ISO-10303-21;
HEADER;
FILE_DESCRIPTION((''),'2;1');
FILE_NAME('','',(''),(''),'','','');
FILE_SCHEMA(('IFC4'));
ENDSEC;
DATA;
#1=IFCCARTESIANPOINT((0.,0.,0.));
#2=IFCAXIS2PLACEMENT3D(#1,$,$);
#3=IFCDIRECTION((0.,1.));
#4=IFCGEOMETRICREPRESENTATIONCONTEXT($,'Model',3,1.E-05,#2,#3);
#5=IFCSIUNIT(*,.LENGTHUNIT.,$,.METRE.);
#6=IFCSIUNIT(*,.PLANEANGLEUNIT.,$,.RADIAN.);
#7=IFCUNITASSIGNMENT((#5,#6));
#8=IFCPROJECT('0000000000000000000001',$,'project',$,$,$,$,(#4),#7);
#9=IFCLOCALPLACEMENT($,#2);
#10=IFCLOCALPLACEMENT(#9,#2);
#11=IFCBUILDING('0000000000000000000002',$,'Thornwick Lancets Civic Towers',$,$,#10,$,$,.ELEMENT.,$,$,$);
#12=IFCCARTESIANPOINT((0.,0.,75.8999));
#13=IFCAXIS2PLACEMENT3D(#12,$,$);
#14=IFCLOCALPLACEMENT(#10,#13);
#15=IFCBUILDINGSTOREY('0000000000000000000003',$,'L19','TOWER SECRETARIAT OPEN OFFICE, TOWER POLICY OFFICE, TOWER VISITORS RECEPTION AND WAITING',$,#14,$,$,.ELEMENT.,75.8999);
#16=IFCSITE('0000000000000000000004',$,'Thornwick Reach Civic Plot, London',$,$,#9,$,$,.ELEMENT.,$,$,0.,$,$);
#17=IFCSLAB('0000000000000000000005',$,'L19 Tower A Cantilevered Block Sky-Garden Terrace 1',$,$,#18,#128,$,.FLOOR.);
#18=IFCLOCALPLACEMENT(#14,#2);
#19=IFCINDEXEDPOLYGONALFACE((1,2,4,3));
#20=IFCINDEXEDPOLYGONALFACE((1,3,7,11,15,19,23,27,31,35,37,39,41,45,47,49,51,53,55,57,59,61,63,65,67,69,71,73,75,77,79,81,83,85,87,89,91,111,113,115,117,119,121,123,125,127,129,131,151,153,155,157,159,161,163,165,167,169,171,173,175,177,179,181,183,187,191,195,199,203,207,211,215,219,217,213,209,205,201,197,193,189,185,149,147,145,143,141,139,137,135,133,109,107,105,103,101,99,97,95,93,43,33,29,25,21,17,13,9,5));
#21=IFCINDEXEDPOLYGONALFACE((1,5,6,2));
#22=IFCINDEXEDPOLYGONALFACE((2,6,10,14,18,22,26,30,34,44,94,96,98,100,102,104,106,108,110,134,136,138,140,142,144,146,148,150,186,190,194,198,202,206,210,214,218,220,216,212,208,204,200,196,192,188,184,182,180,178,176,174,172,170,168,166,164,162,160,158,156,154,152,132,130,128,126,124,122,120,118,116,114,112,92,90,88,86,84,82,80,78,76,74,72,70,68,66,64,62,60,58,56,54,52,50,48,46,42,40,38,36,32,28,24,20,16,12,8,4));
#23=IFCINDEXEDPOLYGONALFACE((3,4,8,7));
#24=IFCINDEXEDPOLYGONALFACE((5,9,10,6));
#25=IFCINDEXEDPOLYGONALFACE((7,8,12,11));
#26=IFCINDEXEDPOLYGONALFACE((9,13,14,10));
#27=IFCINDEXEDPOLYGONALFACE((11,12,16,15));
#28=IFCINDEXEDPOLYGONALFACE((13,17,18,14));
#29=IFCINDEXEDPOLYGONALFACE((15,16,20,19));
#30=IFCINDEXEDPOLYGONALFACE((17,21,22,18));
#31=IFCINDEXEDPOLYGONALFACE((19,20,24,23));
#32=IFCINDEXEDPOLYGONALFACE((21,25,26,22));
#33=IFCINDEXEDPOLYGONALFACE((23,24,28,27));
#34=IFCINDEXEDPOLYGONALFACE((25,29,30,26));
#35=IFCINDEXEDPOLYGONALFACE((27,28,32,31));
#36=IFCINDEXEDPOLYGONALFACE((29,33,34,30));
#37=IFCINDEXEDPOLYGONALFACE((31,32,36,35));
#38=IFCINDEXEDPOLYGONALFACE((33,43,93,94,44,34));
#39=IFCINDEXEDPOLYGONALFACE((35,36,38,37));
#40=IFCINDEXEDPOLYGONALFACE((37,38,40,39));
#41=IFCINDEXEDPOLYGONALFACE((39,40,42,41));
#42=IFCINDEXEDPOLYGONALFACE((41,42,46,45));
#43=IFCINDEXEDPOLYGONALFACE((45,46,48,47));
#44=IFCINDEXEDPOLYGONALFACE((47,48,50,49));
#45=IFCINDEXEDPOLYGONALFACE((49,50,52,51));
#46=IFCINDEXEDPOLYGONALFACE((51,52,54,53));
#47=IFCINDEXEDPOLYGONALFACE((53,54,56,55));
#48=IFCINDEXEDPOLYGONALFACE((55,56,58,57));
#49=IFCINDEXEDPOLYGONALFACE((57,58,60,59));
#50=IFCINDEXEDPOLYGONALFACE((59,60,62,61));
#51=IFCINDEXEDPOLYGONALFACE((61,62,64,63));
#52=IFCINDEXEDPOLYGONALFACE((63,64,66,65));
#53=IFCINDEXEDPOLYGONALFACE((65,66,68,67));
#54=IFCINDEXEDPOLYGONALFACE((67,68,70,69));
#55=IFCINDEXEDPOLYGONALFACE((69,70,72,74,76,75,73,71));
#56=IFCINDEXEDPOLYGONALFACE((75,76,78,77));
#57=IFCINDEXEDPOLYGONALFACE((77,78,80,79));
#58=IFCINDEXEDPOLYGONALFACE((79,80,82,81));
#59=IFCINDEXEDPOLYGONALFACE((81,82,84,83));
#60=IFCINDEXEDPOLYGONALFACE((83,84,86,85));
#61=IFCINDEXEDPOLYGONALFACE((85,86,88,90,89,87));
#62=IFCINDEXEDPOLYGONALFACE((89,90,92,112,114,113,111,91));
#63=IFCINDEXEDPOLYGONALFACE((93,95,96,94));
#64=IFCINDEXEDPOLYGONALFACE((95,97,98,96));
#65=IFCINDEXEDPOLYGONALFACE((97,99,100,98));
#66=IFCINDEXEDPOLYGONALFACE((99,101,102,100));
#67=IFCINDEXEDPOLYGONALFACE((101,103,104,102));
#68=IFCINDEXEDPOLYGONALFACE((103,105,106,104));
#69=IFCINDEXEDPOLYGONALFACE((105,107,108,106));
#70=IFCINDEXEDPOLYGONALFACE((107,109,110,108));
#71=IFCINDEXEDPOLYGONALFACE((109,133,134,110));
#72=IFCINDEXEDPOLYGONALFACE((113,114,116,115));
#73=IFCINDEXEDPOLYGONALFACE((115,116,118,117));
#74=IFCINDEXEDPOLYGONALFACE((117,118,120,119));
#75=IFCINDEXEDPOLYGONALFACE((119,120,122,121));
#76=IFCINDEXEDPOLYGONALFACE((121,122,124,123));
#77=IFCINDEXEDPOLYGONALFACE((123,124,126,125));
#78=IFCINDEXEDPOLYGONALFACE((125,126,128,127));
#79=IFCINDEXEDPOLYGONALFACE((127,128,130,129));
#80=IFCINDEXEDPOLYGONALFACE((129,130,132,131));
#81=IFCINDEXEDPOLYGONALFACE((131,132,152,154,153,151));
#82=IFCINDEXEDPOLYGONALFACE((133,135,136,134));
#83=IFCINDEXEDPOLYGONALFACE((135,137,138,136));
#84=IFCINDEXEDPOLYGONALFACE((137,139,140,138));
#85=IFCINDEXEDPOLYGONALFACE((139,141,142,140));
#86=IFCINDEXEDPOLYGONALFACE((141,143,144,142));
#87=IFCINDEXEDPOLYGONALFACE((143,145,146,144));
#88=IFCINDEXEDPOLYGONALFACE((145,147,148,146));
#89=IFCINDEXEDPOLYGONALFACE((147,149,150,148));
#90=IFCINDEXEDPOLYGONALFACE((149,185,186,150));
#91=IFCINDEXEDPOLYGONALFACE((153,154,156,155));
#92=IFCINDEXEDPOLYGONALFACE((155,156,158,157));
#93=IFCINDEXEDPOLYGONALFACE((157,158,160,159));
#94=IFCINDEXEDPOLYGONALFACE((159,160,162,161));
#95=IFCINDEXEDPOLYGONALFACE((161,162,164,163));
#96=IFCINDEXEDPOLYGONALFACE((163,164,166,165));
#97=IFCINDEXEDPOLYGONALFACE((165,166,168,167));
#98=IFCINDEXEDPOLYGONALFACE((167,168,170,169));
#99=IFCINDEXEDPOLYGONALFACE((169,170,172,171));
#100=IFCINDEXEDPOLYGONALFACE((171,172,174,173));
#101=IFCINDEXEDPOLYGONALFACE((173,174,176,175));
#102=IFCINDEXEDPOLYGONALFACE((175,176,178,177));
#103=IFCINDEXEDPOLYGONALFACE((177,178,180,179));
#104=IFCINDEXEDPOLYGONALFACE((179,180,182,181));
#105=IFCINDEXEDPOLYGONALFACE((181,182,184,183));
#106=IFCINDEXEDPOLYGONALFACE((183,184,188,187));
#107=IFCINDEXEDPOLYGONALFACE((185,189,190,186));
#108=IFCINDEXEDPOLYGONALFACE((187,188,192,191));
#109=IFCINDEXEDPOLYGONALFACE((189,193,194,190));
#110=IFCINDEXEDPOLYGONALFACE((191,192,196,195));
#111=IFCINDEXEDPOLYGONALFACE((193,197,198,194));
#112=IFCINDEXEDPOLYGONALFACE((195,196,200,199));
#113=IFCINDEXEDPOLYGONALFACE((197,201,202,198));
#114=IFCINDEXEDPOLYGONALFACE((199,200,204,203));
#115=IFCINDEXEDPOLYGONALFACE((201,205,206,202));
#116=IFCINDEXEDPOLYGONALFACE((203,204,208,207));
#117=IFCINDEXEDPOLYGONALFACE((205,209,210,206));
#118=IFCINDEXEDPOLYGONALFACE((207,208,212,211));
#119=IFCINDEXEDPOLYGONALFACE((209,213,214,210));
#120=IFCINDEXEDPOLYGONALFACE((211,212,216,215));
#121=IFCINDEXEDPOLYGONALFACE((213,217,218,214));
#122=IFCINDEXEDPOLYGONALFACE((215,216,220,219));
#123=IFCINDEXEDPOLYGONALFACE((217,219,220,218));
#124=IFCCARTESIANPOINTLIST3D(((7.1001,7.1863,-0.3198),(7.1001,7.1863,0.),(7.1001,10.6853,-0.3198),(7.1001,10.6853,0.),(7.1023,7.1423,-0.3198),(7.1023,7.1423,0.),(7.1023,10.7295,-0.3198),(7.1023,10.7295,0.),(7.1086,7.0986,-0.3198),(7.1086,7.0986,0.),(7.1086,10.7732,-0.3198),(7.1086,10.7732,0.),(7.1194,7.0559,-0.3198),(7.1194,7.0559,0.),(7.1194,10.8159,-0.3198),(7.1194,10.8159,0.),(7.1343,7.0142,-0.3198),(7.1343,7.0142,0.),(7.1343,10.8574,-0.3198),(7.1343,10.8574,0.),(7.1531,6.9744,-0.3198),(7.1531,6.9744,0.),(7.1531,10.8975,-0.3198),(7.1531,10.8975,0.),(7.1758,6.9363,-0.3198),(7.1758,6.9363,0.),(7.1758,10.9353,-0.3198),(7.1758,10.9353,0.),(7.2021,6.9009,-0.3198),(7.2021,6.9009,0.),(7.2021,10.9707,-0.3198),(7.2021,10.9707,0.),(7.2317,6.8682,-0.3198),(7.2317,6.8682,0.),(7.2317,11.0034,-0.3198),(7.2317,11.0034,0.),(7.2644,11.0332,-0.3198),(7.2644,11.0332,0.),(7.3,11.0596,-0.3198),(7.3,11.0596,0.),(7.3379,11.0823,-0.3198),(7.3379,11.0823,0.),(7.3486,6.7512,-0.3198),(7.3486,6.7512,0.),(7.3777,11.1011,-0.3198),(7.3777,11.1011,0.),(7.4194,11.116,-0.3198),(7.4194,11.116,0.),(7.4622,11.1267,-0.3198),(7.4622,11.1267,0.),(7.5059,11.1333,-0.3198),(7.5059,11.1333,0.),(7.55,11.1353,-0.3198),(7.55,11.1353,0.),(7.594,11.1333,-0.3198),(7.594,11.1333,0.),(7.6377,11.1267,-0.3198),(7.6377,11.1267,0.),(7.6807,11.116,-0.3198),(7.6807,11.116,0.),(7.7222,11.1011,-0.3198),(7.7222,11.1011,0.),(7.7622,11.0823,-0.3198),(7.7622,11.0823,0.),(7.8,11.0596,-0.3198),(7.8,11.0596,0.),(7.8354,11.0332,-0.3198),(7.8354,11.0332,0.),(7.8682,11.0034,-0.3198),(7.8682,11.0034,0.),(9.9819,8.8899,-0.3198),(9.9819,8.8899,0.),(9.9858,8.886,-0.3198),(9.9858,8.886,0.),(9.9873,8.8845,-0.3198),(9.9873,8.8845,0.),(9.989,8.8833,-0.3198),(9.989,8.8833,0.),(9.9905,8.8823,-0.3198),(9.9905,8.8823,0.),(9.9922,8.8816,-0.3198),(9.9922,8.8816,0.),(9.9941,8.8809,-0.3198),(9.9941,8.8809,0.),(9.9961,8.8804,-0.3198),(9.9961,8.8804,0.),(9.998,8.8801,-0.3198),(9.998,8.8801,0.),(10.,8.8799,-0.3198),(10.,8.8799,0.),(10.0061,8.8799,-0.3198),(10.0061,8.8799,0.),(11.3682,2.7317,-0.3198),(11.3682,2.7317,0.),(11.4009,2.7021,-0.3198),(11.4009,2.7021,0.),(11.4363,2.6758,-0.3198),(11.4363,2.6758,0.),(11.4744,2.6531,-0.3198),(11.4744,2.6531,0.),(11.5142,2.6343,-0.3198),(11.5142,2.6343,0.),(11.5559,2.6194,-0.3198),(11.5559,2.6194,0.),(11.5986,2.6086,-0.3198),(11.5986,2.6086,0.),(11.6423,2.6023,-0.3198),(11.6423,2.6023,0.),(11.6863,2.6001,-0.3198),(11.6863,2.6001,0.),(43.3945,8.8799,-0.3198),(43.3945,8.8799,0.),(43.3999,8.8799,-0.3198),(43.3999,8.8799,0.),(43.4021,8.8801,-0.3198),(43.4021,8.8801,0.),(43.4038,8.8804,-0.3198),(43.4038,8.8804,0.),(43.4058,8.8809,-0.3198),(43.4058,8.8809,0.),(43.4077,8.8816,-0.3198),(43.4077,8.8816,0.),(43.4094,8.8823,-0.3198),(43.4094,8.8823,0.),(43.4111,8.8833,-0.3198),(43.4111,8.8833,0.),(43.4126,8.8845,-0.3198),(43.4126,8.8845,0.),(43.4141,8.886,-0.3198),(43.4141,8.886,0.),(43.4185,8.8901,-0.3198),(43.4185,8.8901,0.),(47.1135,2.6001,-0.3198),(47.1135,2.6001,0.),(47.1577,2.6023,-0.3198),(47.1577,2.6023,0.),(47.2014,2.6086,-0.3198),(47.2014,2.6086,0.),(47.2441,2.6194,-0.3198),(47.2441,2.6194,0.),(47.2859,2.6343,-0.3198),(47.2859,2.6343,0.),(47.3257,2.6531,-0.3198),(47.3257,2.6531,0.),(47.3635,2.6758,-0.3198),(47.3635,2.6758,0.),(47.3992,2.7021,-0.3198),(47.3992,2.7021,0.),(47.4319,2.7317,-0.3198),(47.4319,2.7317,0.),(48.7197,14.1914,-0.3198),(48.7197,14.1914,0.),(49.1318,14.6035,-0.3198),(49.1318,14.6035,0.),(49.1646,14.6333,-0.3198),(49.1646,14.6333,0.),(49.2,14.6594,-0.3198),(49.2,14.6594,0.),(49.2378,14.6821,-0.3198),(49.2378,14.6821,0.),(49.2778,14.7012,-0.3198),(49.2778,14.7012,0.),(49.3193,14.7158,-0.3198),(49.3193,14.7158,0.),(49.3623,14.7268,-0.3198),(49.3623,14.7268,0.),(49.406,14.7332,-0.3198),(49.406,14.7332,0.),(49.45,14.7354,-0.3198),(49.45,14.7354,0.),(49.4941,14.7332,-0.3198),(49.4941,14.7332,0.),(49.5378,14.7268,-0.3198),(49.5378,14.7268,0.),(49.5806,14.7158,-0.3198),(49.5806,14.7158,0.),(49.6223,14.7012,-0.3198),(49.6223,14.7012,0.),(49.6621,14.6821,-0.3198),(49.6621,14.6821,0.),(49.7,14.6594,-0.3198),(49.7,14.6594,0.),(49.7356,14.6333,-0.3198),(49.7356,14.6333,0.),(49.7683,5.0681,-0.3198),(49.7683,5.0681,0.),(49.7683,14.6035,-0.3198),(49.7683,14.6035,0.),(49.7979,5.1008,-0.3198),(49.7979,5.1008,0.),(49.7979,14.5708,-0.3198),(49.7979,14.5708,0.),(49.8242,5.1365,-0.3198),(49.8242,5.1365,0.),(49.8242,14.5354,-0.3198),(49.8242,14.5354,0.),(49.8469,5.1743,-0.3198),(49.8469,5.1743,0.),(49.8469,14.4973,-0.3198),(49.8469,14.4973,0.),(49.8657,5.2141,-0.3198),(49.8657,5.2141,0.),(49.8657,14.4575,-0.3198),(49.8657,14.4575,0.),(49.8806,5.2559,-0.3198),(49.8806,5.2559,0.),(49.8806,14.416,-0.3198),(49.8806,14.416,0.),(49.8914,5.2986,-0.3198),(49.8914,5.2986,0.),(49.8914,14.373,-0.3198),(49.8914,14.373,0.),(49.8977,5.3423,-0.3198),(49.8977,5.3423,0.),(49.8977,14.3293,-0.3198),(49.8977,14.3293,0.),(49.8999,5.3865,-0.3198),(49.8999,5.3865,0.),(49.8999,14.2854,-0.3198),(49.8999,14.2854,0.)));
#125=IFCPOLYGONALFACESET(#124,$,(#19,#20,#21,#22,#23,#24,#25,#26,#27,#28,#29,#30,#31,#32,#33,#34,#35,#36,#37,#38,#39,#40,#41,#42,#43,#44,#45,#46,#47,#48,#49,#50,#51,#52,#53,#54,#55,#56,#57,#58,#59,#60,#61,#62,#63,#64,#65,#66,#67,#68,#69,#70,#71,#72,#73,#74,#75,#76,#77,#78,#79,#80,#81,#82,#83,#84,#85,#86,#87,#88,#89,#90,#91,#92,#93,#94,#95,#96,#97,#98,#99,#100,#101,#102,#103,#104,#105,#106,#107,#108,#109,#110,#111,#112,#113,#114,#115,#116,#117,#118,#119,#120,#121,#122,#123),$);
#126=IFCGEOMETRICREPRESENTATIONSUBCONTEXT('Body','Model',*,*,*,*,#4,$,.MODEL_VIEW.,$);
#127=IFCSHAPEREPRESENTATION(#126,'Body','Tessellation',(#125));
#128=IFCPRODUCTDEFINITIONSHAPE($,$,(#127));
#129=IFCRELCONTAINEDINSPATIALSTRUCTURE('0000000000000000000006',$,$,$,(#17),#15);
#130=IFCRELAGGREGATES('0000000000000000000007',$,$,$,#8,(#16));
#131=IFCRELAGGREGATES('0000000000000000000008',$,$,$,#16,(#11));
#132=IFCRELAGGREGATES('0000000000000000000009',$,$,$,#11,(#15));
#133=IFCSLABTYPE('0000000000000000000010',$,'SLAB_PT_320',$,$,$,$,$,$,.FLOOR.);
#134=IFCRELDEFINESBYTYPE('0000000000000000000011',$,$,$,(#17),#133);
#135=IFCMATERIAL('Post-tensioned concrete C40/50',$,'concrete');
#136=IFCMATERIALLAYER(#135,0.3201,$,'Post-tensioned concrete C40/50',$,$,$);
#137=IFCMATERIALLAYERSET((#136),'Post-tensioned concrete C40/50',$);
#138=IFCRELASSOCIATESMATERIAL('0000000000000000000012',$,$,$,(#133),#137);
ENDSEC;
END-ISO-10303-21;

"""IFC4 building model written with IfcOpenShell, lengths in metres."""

from ifc_helpers import new_model, si_unit, direction, frame, origin, place, context, subcontext, project, spatial, polyline, outline, extrude, material, layer, layer_set, type_object, element, save


model = new_model("IFC4")

# Units and contexts
model_context = context("Model", 3, precision=1e-05, world=origin(), true_north=direction((0.0, 1.0)))
body_context = subcontext(model_context, "Body", "Model", "MODEL_VIEW")
ifc_project = project(units=[si_unit("LENGTHUNIT", "METRE"), si_unit("PLANEANGLEUNIT", "RADIAN")], contexts=[model_context])

# Site, building, storey
site_placement = place(None, origin())
site = spatial("IfcSite", under=ifc_project, at=site_placement, Name="Thornwick Reach Civic Plot, London", CompositionType="ELEMENT", RefElevation=0.0)
building_placement = place(site_placement, origin())
building = spatial("IfcBuilding", under=site, at=building_placement, Name="Thornwick Lancets Civic Towers", CompositionType="ELEMENT")
storey_placement = place(building_placement, frame((0.0, 0.0, 75.8999)))
storey = spatial("IfcBuildingStorey", under=building, at=storey_placement, Name="L19", Description="TOWER SECRETARIAT OPEN OFFICE, TOWER POLICY OFFICE, TOWER VISITORS RECEPTION AND WAITING", CompositionType="ELEMENT", Elevation=75.8999)

# Slab
ifc_material_1 = material(Name="Post-tensioned concrete C40/50", Category="concrete")
ifc_layer_1 = layer(ifc_material_1, 0.3201, Name="Post-tensioned concrete C40/50")
ifc_layer_set_1 = layer_set([ifc_layer_1], Name="Post-tensioned concrete C40/50")
slab_type_1 = type_object("IfcSlabType", Name="SLAB_PT_320", PredefinedType="FLOOR", material=ifc_layer_set_1)
slab_1_placement = place(storey_placement, frame((0.0, 0.0, -0.3198)))
element("IfcSlab", 1, at=slab_1_placement, inside=storey, type_object=slab_type_1, Name="L19 Tower A Cantilevered Block Sky-Garden Terrace 1", PredefinedType="FLOOR", context=body_context, shape_type="SweptSolid", body=[
    extrude(outline(polyline([(7.1023, 10.7295), (7.1086, 10.7732), (7.1194, 10.8159), (7.1343, 10.8574), (7.1531, 10.8975), (7.1758, 10.9353), (7.2021, 10.9707), (7.2317, 11.0034), (7.2644, 11.0332), (7.3, 11.0596), (7.3379, 11.0823), (7.3777, 11.1011), (7.4194, 11.116), (7.4622, 11.1267), (7.5059, 11.1333), (7.55, 11.1353), (7.594, 11.1333), (7.6377, 11.1267), (7.6807, 11.116), (7.7222, 11.1011), (7.7622, 11.0823), (7.8, 11.0596), (7.8354, 11.0332), (7.8682, 11.0034), (9.9819, 8.8899), (9.9858, 8.886), (9.9873, 8.8845), (9.989, 8.8833), (9.9905, 8.8823), (9.9922, 8.8816), (9.9941, 8.8809), (9.9961, 8.8804), (9.998, 8.8801), (10.0, 8.8799), (10.0061, 8.8799), (43.3945, 8.8799), (43.3999, 8.8799), (43.4021, 8.8801), (43.4038, 8.8804), (43.4058, 8.8809), (43.4077, 8.8816), (43.4094, 8.8823), (43.4111, 8.8833), (43.4126, 8.8845), (43.4141, 8.886), (43.4185, 8.8901), (48.7197, 14.1914), (49.1318, 14.6035), (49.1646, 14.6333), (49.2, 14.6594), (49.2378, 14.6821), (49.2778, 14.7012), (49.3193, 14.7158), (49.3623, 14.7268), (49.406, 14.7332), (49.45, 14.7354), (49.4941, 14.7332), (49.5378, 14.7268), (49.5806, 14.7158), (49.6223, 14.7012), (49.6621, 14.6821), (49.7, 14.6594), (49.7356, 14.6333), (49.7683, 14.6035), (49.7979, 14.5708), (49.8242, 14.5354), (49.8469, 14.4973), (49.8657, 14.4575), (49.8806, 14.416), (49.8914, 14.373), (49.8977, 14.3293), (49.8999, 14.2854), (49.8999, 5.3865), (49.8977, 5.3423), (49.8914, 5.2986), (49.8806, 5.2559), (49.8657, 5.2141), (49.8469, 5.1743), (49.8242, 5.1365), (49.7979, 5.1008), (49.7683, 5.0681), (47.4319, 2.7317), (47.3992, 2.7021), (47.3635, 2.6758), (47.3257, 2.6531), (47.2859, 2.6343), (47.2441, 2.6194), (47.2014, 2.6086), (47.1577, 2.6023), (47.1135, 2.6001), (11.6863, 2.6001), (11.6423, 2.6023), (11.5986, 2.6086), (11.5559, 2.6194), (11.5142, 2.6343), (11.4744, 2.6531), (11.4363, 2.6758), (11.4009, 2.7021), (11.3682, 2.7317), (7.3486, 6.7512), (7.2317, 6.8682), (7.2021, 6.9009), (7.1758, 6.9363), (7.1531, 6.9744), (7.1343, 7.0142), (7.1194, 7.0559), (7.1086, 7.0986), (7.1023, 7.1423), (7.1001, 7.1863), (7.1001, 10.6853), (7.1023, 10.7295)])), origin(), (0.0, 0.0, 1.0), 0.3198),
])

save(model, "model.ifc")
